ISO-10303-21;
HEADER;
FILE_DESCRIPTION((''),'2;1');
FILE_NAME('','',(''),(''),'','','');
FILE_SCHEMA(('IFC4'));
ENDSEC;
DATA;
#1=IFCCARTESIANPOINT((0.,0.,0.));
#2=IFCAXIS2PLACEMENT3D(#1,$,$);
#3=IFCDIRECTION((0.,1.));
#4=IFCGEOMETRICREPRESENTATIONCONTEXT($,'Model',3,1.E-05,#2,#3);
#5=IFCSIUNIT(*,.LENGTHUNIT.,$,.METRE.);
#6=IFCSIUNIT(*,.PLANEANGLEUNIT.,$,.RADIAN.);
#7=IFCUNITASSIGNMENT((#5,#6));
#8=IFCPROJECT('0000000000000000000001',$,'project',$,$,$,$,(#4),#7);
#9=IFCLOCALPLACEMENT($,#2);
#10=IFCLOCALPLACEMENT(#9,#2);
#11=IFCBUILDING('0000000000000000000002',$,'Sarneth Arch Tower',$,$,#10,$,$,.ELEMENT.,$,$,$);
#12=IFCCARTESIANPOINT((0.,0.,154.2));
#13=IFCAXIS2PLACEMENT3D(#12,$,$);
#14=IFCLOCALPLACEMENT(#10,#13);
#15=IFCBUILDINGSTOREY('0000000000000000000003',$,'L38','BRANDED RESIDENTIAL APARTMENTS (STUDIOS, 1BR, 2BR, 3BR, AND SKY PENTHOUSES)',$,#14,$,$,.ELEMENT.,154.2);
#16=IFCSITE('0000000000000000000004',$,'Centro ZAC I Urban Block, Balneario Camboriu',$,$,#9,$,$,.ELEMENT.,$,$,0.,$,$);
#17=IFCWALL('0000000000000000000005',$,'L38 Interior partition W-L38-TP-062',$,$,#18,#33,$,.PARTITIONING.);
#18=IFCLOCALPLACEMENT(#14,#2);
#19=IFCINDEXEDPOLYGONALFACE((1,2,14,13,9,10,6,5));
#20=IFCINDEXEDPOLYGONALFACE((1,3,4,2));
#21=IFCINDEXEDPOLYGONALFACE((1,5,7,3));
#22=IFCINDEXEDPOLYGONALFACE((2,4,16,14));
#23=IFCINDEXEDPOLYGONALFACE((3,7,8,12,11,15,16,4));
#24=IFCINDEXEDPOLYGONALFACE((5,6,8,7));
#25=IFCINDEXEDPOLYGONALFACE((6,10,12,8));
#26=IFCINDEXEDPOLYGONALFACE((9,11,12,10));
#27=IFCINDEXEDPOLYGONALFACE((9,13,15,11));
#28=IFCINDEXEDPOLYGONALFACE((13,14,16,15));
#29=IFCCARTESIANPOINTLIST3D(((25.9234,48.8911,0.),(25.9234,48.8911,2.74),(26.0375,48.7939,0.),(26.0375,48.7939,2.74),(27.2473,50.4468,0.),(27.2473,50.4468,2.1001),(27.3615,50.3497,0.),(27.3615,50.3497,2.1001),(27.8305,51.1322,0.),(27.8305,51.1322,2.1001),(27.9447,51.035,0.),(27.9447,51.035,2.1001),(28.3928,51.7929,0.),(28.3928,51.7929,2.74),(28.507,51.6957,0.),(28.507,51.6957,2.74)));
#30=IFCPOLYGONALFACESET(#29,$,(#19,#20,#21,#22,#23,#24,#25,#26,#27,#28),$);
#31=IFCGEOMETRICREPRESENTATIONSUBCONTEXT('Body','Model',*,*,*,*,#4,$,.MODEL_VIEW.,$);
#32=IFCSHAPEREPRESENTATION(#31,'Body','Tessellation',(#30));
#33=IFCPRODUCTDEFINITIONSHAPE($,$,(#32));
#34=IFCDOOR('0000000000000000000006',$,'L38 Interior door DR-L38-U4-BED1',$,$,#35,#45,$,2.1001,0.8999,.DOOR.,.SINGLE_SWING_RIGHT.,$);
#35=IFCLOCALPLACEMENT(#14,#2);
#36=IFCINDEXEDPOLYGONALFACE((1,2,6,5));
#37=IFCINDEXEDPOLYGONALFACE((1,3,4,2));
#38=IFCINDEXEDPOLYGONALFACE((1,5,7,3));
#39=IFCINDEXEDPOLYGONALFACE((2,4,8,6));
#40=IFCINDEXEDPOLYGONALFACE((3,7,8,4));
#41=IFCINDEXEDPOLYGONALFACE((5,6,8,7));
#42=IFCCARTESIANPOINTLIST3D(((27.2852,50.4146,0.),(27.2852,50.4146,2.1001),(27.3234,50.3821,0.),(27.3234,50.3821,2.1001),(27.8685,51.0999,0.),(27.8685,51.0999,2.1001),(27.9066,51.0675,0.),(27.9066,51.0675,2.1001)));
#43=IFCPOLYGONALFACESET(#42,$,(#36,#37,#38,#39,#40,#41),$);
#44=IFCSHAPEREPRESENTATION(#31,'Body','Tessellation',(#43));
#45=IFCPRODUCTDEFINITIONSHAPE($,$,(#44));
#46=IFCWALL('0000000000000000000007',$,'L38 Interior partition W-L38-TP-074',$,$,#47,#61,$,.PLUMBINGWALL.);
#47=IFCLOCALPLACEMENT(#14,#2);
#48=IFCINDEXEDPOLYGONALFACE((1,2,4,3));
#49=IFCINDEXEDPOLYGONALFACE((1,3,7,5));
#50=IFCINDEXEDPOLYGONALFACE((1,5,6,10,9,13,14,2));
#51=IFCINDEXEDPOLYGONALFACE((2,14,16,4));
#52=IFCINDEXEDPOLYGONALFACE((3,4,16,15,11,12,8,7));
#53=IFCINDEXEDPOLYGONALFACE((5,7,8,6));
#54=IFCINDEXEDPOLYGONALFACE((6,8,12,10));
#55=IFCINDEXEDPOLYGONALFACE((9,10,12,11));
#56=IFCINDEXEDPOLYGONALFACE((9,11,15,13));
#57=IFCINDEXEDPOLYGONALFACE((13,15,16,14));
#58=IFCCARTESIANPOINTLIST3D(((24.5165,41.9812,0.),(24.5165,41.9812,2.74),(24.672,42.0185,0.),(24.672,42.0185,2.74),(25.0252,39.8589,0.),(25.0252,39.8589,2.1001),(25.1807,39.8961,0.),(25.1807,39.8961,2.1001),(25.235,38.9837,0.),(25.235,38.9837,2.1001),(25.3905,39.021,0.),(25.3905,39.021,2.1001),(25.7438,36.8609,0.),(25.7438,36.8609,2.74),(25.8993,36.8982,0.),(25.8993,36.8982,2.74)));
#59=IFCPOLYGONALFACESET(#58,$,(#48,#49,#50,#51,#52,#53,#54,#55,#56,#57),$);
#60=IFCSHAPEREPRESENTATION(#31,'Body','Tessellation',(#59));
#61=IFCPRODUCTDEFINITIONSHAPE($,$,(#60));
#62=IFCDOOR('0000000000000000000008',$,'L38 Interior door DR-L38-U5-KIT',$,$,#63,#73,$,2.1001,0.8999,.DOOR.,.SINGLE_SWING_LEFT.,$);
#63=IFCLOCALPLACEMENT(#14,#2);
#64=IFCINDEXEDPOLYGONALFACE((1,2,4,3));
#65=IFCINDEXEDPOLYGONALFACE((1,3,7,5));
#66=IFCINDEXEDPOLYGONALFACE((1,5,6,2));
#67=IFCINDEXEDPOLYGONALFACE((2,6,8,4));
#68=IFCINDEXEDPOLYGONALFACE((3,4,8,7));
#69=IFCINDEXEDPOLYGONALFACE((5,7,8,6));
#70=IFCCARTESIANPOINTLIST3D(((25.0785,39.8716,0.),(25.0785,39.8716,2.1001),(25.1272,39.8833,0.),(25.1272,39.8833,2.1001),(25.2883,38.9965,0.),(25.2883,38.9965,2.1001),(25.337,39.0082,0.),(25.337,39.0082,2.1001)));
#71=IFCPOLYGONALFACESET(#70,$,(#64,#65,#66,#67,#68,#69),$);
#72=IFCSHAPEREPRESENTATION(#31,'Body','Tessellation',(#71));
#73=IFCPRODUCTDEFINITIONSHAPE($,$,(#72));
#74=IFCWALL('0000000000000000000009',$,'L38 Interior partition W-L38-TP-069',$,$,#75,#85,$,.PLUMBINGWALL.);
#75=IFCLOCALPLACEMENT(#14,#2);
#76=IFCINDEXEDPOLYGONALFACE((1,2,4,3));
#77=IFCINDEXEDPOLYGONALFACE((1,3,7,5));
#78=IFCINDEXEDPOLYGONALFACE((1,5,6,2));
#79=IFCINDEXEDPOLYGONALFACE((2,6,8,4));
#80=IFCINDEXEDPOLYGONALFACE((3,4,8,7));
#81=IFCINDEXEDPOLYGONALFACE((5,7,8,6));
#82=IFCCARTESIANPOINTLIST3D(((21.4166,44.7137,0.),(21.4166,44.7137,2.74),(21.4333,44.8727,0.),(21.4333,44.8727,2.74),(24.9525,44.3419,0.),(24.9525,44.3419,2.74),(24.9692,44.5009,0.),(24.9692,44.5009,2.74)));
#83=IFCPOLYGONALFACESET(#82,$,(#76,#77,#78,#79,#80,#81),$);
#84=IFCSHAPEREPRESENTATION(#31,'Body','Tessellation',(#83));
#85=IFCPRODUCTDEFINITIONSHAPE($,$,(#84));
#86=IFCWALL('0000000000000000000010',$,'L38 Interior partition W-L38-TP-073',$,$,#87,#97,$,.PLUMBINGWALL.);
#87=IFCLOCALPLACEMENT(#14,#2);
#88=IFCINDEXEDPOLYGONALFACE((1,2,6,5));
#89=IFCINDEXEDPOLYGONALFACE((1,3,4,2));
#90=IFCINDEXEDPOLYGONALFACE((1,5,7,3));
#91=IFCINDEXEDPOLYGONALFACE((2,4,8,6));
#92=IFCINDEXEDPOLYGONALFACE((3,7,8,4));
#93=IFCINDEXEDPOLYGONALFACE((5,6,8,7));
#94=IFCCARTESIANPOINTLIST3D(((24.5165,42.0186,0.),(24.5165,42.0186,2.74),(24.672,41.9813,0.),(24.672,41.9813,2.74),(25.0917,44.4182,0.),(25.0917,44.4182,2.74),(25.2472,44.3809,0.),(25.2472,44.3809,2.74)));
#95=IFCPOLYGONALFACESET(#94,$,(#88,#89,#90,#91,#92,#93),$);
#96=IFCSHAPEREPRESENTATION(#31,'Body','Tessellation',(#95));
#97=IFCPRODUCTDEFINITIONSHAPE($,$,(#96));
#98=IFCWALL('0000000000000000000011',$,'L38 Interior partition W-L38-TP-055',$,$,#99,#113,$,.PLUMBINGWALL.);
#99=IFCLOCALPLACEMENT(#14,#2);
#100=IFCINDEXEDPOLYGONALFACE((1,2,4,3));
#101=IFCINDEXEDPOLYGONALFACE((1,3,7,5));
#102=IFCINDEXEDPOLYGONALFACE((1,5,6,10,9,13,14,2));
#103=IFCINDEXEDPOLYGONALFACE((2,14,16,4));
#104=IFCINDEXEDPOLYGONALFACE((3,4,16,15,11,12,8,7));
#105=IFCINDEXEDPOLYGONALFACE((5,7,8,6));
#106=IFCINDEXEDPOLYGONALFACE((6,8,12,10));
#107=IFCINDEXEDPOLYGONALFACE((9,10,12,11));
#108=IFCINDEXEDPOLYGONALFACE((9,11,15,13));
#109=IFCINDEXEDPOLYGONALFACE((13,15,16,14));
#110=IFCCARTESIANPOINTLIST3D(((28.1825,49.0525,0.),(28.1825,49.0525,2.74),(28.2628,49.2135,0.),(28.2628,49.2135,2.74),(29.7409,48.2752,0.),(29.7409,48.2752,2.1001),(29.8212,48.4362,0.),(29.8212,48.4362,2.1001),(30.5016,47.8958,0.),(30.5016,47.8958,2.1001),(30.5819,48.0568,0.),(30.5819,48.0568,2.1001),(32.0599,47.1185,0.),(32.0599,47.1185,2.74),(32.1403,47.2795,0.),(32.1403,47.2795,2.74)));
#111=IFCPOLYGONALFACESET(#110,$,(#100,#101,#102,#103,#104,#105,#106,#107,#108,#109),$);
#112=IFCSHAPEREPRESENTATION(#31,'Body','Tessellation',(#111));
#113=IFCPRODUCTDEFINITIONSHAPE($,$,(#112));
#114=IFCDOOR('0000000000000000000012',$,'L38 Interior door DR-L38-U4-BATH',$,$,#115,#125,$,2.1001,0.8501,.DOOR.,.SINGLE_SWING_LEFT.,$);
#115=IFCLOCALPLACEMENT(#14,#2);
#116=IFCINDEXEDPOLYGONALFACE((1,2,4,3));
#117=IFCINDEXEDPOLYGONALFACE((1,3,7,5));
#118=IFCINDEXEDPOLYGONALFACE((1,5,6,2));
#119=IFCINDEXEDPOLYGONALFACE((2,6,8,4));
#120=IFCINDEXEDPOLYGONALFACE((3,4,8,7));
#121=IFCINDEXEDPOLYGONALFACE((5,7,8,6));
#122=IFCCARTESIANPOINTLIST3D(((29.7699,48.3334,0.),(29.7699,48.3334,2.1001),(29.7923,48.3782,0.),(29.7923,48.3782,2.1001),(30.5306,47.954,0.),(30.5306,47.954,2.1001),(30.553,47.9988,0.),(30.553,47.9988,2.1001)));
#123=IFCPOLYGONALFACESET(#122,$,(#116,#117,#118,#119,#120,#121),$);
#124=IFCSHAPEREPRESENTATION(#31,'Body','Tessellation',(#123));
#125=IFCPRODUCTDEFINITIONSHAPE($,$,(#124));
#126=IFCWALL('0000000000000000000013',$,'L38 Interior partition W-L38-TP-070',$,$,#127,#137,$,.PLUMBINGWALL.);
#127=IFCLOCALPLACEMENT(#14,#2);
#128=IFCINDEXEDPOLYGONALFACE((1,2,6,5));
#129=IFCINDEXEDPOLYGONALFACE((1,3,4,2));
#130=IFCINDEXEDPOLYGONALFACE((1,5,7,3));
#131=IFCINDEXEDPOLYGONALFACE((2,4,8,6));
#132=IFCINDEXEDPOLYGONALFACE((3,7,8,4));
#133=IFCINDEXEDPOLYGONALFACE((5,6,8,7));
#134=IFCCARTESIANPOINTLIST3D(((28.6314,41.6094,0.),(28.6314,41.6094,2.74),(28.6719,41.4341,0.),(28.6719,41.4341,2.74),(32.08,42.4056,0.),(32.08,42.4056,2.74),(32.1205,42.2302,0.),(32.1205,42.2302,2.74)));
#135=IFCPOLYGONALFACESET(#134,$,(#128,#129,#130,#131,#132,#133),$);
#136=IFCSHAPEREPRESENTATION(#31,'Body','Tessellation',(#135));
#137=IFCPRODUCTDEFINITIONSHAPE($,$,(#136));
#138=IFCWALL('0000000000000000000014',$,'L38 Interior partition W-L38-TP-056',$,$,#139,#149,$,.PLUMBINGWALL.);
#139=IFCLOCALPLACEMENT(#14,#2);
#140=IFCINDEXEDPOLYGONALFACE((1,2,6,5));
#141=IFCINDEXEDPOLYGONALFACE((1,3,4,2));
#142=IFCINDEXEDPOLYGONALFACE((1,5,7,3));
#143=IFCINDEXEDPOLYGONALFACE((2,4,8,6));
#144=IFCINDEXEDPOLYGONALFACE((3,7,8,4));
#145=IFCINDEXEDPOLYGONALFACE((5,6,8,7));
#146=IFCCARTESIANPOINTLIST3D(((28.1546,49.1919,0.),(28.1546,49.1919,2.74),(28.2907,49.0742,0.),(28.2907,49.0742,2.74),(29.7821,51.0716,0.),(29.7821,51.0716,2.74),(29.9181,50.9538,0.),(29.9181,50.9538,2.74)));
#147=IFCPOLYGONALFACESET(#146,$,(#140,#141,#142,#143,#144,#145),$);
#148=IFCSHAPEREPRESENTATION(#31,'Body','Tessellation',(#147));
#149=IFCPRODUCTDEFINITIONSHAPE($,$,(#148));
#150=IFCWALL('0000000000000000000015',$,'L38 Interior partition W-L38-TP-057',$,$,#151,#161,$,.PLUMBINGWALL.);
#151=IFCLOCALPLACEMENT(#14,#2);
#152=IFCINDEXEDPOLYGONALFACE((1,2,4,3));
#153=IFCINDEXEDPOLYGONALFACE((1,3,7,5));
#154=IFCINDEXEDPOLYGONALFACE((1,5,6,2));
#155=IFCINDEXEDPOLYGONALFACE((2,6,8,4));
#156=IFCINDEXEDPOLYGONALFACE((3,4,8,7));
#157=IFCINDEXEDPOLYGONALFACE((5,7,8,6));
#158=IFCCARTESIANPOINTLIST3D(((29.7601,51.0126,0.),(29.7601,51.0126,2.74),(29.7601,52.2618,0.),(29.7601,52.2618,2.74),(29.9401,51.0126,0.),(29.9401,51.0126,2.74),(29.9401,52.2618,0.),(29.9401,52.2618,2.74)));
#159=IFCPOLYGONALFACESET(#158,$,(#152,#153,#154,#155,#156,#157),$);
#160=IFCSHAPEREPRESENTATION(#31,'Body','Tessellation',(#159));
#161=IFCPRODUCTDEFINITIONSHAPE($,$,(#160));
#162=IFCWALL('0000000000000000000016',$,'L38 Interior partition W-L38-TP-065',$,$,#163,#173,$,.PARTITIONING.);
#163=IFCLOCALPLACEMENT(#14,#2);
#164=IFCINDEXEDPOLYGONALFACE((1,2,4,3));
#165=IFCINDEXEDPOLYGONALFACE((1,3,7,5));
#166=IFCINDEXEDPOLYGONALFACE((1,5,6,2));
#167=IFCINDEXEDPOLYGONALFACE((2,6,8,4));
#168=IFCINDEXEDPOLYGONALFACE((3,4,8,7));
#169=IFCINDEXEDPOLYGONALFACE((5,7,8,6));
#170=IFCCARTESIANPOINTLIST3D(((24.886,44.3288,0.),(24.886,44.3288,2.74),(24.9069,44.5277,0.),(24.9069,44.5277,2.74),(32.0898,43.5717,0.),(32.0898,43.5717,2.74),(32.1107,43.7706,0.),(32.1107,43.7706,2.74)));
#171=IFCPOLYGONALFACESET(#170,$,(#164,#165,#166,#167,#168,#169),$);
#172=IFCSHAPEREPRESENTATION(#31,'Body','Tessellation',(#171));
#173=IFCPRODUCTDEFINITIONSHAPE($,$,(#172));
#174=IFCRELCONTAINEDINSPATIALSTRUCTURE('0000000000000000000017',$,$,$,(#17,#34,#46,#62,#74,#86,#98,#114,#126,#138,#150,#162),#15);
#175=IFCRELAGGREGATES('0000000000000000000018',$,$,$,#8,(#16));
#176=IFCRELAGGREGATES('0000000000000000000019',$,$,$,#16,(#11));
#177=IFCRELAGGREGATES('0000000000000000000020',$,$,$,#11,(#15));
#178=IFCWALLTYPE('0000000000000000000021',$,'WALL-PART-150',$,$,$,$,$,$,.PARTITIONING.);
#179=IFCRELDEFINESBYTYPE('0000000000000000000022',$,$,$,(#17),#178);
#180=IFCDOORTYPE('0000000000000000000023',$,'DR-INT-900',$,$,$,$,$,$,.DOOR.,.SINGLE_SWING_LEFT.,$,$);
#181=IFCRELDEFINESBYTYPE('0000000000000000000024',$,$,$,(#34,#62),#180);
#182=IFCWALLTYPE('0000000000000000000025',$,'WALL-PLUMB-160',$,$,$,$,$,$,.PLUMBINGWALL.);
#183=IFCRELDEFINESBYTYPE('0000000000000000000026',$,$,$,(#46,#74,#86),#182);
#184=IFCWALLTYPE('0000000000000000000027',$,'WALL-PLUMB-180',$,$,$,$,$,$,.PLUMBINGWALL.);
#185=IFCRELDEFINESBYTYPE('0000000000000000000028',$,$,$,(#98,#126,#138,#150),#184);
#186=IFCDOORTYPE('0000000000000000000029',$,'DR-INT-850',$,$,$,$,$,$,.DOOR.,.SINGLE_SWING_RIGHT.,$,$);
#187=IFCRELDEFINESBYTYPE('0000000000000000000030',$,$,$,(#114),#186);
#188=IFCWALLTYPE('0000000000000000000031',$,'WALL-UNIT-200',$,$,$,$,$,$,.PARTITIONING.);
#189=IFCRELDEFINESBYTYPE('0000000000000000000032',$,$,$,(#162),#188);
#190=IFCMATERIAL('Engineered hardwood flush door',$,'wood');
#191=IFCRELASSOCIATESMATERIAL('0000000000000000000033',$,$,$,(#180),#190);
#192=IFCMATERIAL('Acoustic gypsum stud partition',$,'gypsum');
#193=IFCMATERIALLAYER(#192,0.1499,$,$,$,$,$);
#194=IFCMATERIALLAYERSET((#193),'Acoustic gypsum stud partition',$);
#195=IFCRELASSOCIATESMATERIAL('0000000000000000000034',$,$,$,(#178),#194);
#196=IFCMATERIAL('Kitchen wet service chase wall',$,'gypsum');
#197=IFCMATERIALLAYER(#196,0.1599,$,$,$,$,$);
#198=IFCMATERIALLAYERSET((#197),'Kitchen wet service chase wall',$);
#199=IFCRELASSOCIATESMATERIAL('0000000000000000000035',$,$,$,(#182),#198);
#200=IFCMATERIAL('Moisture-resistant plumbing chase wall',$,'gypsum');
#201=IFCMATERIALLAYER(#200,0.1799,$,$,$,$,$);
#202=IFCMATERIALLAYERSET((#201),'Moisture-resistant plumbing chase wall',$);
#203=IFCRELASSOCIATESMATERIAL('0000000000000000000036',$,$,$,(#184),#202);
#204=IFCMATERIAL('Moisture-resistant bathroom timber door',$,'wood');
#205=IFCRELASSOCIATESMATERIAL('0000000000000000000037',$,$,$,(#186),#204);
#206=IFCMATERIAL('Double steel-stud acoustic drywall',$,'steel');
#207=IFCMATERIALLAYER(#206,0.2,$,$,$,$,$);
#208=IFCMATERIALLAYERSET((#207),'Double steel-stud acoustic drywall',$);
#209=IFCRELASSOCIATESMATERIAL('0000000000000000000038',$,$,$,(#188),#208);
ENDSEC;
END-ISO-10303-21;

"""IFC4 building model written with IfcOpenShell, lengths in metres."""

from ifc_helpers import new_model, si_unit, direction, frame, frame_2d, origin, place, context, subcontext, project, spatial, rectangle, extrude, material, layer, layer_set, type_object, element, fill, save


model = new_model("IFC4")

# Units and contexts
model_context = context("Model", 3, precision=1e-05, world=origin(), true_north=direction((0.0, 1.0)))
body_context = subcontext(model_context, "Body", "Model", "MODEL_VIEW")
ifc_project = project(units=[si_unit("LENGTHUNIT", "METRE"), si_unit("PLANEANGLEUNIT", "RADIAN")], contexts=[model_context])

# Site, building, storey
site_placement = place(None, origin())
site = spatial("IfcSite", under=ifc_project, at=site_placement, Name="Centro ZAC I Urban Block, Balneario Camboriu", CompositionType="ELEMENT", RefElevation=0.0)
building_placement = place(site_placement, origin())
building = spatial("IfcBuilding", under=site, at=building_placement, Name="Sarneth Arch Tower", CompositionType="ELEMENT")
storey_placement = place(building_placement, frame((0.0, 0.0, 154.2)))
storey = spatial("IfcBuildingStorey", under=building, at=storey_placement, Name="L38", Description="BRANDED RESIDENTIAL APARTMENTS (STUDIOS, 1BR, 2BR, 3BR, AND SKY PENTHOUSES)", CompositionType="ELEMENT", Elevation=154.2)

# Shared definitions
ifc_material_1 = material(Name="Engineered hardwood flush door", Category="wood")
door_type_1 = type_object("IfcDoorType", Name="DR-INT-900", OperationType="SINGLE_SWING_LEFT", PredefinedType="DOOR", material=ifc_material_1)

# Shared definitions
ifc_material_2 = material(Name="Acoustic gypsum stud partition", Category="gypsum")
ifc_layer_1 = layer(ifc_material_2, 0.1499)
ifc_layer_set_1 = layer_set([ifc_layer_1], Name="Acoustic gypsum stud partition")
wall_type_1 = type_object("IfcWallType", Name="WALL-PART-150", PredefinedType="PARTITIONING", material=ifc_layer_set_1)

# Walls, openings, doors
wall_1_placement = place(storey_placement, frame((28.45, 51.7444, 0.0), z_axis=(0.0, 0.0, 1.0), x_axis=(-0.648091, -0.761563, 0.0)))
wall_1 = element("IfcWall", 1, at=wall_1_placement, inside=storey, type_object=wall_type_1, Name="L38 Interior partition W-L38-TP-062", PredefinedType="PARTITIONING", context=body_context, shape_type="SweptSolid", body=[
    extrude(rectangle(XDim=3.8103, YDim=0.1499, at=frame_2d((1.9053, 0.0))), origin(), (0.0, 0.0, 1.0), 2.74),
])
opening_1_placement = place(wall_1_placement, frame((0.8677, 0.0, 0.0)))
opening_1 = element("IfcOpeningElement", 2, at=opening_1_placement, cuts=wall_1, PredefinedType="OPENING", context=body_context, shape_type="SweptSolid", body=[
    extrude(rectangle(XDim=0.8999, YDim=2.1001, at=frame_2d((0.45, 1.05))), frame((0.0, 0.085, 0.0), z_axis=(0.0, -1.0, 0.0), x_axis=(1.0, 0.0, 0.0)), (0.0, 0.0, 1.0), 0.1699),
])
door_1_placement = place(opening_1_placement, origin())
door_1 = element("IfcDoor", 3, at=door_1_placement, inside=storey, type_object=door_type_1, Name="L38 Interior door DR-L38-U4-BED1", OperationType="SINGLE_SWING_RIGHT", OverallHeight=2.1001, OverallWidth=0.8999, PredefinedType="DOOR", context=body_context, shape_type="SweptSolid", body=[
    extrude(rectangle(XDim=0.8999, YDim=2.1001, at=frame_2d((0.45, 1.05))), frame((0.0, 0.0249, 0.0), z_axis=(0.0, -1.0, 0.0), x_axis=(1.0, 0.0, 0.0)), (0.0, 0.0, 1.0), 0.05),
])
fill(opening_1, door_1)
ifc_material_3 = material(Name="Kitchen wet service chase wall", Category="gypsum")
ifc_layer_2 = layer(ifc_material_3, 0.1599)
ifc_layer_set_2 = layer_set([ifc_layer_2], Name="Kitchen wet service chase wall")
wall_type_2 = type_object("IfcWallType", Name="WALL-PLUMB-160", PredefinedType="PLUMBINGWALL", material=ifc_layer_set_2)
wall_2_placement = place(storey_placement, frame((24.5942, 42.0, 0.0), z_axis=(0.0, 0.0, 1.0), x_axis=(0.233087, -0.972456, 0.0)))
wall_2 = element("IfcWall", 4, at=wall_2_placement, inside=storey, type_object=wall_type_2, Name="L38 Interior partition W-L38-TP-074", PredefinedType="PLUMBINGWALL", context=body_context, shape_type="SweptSolid", body=[
    extrude(rectangle(XDim=5.2654, YDim=0.1599, at=frame_2d((2.6328, 0.0))), origin(), (0.0, 0.0, 1.0), 2.74),
])
opening_2_placement = place(wall_2_placement, frame((2.1826, 0.0, 0.0)))
opening_2 = element("IfcOpeningElement", 5, at=opening_2_placement, cuts=wall_2, PredefinedType="OPENING", context=body_context, shape_type="SweptSolid", body=[
    extrude(rectangle(XDim=0.8999, YDim=2.1001, at=frame_2d((0.45, 1.05))), frame((0.0, 0.0898, 0.0), z_axis=(0.0, -1.0, 0.0), x_axis=(1.0, 0.0, 0.0)), (0.0, 0.0, 1.0), 0.1799),
])
door_2_placement = place(opening_2_placement, origin())
door_2 = element("IfcDoor", 6, at=door_2_placement, inside=storey, type_object=door_type_1, Name="L38 Interior door DR-L38-U5-KIT", OperationType="SINGLE_SWING_LEFT", OverallHeight=2.1001, OverallWidth=0.8999, PredefinedType="DOOR", context=body_context, shape_type="SweptSolid", body=[
    extrude(rectangle(XDim=0.8999, YDim=2.1001, at=frame_2d((0.45, 1.05))), frame((0.0, 0.0249, 0.0), z_axis=(0.0, -1.0, 0.0), x_axis=(1.0, 0.0, 0.0)), (0.0, 0.0, 1.0), 0.05),
])
fill(opening_2, door_2)

# Walls
wall_3_placement = place(storey_placement, frame((21.4248, 44.7932, 0.0), z_axis=(0.0, 0.0, 1.0), x_axis=(0.994516, -0.104581, 0.0)))
element("IfcWall", 7, at=wall_3_placement, inside=storey, type_object=wall_type_2, Name="L38 Interior partition W-L38-TP-069", PredefinedType="PLUMBINGWALL", context=body_context, shape_type="SweptSolid", body=[
    extrude(rectangle(XDim=3.5554, YDim=0.1599, at=frame_2d((1.7778, 0.0))), origin(), (0.0, 0.0, 1.0), 2.74),
])
wall_4_placement = place(storey_placement, frame((25.1694, 44.3997, 0.0), z_axis=(0.0, 0.0, 1.0), x_axis=(-0.233096, -0.972454, 0.0)))
element("IfcWall", 8, at=wall_4_placement, inside=storey, type_object=wall_type_2, Name="L38 Interior partition W-L38-TP-073", PredefinedType="PLUMBINGWALL", context=body_context, shape_type="SweptSolid", body=[
    extrude(rectangle(XDim=2.4675, YDim=0.1599, at=frame_2d((1.2339, 0.0))), origin(), (0.0, 0.0, 1.0), 2.74),
])

# Wall, opening, door
ifc_material_4 = material(Name="Moisture-resistant plumbing chase wall", Category="gypsum")
ifc_layer_3 = layer(ifc_material_4, 0.1799)
ifc_layer_set_3 = layer_set([ifc_layer_3], Name="Moisture-resistant plumbing chase wall")
wall_type_3 = type_object("IfcWallType", Name="WALL-PLUMB-180", PredefinedType="PLUMBINGWALL", material=ifc_layer_set_3)
wall_5_placement = place(storey_placement, frame((32.1001, 47.199, 0.0), z_axis=(0.0, 0.0, 1.0), x_axis=(-0.894855, 0.446357, 0.0)))
wall_5 = element("IfcWall", 9, at=wall_5_placement, inside=storey, type_object=wall_type_3, Name="L38 Interior partition W-L38-TP-055", PredefinedType="PLUMBINGWALL", context=body_context, shape_type="SweptSolid", body=[
    extrude(rectangle(XDim=4.333, YDim=0.1799, at=frame_2d((2.1665, 0.0))), origin(), (0.0, 0.0, 1.0), 2.74),
])
opening_3_placement = place(wall_5_placement, frame((1.7415, 0.0, 0.0)))
opening_3 = element("IfcOpeningElement", 10, at=opening_3_placement, cuts=wall_5, PredefinedType="OPENING", context=body_context, shape_type="SweptSolid", body=[
    extrude(rectangle(XDim=0.8501, YDim=2.1001, at=frame_2d((0.425, 1.05))), frame((0.0, 0.0999, 0.0), z_axis=(0.0, -1.0, 0.0), x_axis=(1.0, 0.0, 0.0)), (0.0, 0.0, 1.0), 0.2),
])
ifc_material_5 = material(Name="Moisture-resistant bathroom timber door", Category="wood")
door_type_2 = type_object("IfcDoorType", Name="DR-INT-850", OperationType="SINGLE_SWING_RIGHT", PredefinedType="DOOR", material=ifc_material_5)
door_3_placement = place(opening_3_placement, origin())
door_3 = element("IfcDoor", 11, at=door_3_placement, inside=storey, type_object=door_type_2, Name="L38 Interior door DR-L38-U4-BATH", OperationType="SINGLE_SWING_LEFT", OverallHeight=2.1001, OverallWidth=0.8501, PredefinedType="DOOR", context=body_context, shape_type="SweptSolid", body=[
    extrude(rectangle(XDim=0.8501, YDim=2.1001, at=frame_2d((0.425, 1.05))), frame((0.0, 0.0249, 0.0), z_axis=(0.0, -1.0, 0.0), x_axis=(1.0, 0.0, 0.0)), (0.0, 0.0, 1.0), 0.05),
])
fill(opening_3, door_3)

# Walls
wall_6_placement = place(storey_placement, frame((32.1001, 42.3179, 0.0), z_axis=(0.0, 0.0, 1.0), x_axis=(-0.97437, -0.22495, 0.0)))
element("IfcWall", 12, at=wall_6_placement, inside=storey, type_object=wall_type_3, Name="L38 Interior partition W-L38-TP-070", PredefinedType="PLUMBINGWALL", context=body_context, shape_type="SweptSolid", body=[
    extrude(rectangle(XDim=3.5393, YDim=0.1799, at=frame_2d((1.7695, 0.0))), origin(), (0.0, 0.0, 1.0), 2.74),
])
wall_7_placement = place(storey_placement, frame((28.2227, 49.1331, 0.0), z_axis=(0.0, 0.0, 1.0), x_axis=(0.654568, 0.756003, 0.0)))
element("IfcWall", 13, at=wall_7_placement, inside=storey, type_object=wall_type_3, Name="L38 Interior partition W-L38-TP-056", PredefinedType="PLUMBINGWALL", context=body_context, shape_type="SweptSolid", body=[
    extrude(rectangle(XDim=2.4863, YDim=0.1799, at=frame_2d((1.2432, 0.0))), origin(), (0.0, 0.0, 1.0), 2.74),
])
wall_8_placement = place(storey_placement, frame((29.8501, 51.0127, 0.0), z_axis=(0.0, 0.0, 1.0), x_axis=(0.0, 1.0, 0.0)))
element("IfcWall", 14, at=wall_8_placement, inside=storey, type_object=wall_type_3, Name="L38 Interior partition W-L38-TP-057", PredefinedType="PLUMBINGWALL", context=body_context, shape_type="SweptSolid", body=[
    extrude(rectangle(XDim=1.2493, YDim=0.1799, at=frame_2d((0.6245, 0.0))), origin(), (0.0, 0.0, 1.0), 2.74),
])
ifc_material_6 = material(Name="Double steel-stud acoustic drywall", Category="steel")
ifc_layer_4 = layer(ifc_material_6, 0.2)
ifc_layer_set_4 = layer_set([ifc_layer_4], Name="Double steel-stud acoustic drywall")
wall_type_4 = type_object("IfcWallType", Name="WALL-UNIT-200", PredefinedType="PARTITIONING", material=ifc_layer_set_4)
wall_9_placement = place(storey_placement, frame((32.1001, 43.6711, 0.0), z_axis=(0.0, 0.0, 1.0), x_axis=(-0.994523, 0.104522, 0.0)))
element("IfcWall", 15, at=wall_9_placement, inside=storey, type_object=wall_type_4, Name="L38 Interior partition W-L38-TP-065", PredefinedType="PARTITIONING", context=body_context, shape_type="SweptSolid", body=[
    extrude(rectangle(XDim=7.2434, YDim=0.2, at=frame_2d((3.6216, 0.0))), origin(), (0.0, 0.0, 1.0), 2.74),
])

save(model, "model.ifc")
